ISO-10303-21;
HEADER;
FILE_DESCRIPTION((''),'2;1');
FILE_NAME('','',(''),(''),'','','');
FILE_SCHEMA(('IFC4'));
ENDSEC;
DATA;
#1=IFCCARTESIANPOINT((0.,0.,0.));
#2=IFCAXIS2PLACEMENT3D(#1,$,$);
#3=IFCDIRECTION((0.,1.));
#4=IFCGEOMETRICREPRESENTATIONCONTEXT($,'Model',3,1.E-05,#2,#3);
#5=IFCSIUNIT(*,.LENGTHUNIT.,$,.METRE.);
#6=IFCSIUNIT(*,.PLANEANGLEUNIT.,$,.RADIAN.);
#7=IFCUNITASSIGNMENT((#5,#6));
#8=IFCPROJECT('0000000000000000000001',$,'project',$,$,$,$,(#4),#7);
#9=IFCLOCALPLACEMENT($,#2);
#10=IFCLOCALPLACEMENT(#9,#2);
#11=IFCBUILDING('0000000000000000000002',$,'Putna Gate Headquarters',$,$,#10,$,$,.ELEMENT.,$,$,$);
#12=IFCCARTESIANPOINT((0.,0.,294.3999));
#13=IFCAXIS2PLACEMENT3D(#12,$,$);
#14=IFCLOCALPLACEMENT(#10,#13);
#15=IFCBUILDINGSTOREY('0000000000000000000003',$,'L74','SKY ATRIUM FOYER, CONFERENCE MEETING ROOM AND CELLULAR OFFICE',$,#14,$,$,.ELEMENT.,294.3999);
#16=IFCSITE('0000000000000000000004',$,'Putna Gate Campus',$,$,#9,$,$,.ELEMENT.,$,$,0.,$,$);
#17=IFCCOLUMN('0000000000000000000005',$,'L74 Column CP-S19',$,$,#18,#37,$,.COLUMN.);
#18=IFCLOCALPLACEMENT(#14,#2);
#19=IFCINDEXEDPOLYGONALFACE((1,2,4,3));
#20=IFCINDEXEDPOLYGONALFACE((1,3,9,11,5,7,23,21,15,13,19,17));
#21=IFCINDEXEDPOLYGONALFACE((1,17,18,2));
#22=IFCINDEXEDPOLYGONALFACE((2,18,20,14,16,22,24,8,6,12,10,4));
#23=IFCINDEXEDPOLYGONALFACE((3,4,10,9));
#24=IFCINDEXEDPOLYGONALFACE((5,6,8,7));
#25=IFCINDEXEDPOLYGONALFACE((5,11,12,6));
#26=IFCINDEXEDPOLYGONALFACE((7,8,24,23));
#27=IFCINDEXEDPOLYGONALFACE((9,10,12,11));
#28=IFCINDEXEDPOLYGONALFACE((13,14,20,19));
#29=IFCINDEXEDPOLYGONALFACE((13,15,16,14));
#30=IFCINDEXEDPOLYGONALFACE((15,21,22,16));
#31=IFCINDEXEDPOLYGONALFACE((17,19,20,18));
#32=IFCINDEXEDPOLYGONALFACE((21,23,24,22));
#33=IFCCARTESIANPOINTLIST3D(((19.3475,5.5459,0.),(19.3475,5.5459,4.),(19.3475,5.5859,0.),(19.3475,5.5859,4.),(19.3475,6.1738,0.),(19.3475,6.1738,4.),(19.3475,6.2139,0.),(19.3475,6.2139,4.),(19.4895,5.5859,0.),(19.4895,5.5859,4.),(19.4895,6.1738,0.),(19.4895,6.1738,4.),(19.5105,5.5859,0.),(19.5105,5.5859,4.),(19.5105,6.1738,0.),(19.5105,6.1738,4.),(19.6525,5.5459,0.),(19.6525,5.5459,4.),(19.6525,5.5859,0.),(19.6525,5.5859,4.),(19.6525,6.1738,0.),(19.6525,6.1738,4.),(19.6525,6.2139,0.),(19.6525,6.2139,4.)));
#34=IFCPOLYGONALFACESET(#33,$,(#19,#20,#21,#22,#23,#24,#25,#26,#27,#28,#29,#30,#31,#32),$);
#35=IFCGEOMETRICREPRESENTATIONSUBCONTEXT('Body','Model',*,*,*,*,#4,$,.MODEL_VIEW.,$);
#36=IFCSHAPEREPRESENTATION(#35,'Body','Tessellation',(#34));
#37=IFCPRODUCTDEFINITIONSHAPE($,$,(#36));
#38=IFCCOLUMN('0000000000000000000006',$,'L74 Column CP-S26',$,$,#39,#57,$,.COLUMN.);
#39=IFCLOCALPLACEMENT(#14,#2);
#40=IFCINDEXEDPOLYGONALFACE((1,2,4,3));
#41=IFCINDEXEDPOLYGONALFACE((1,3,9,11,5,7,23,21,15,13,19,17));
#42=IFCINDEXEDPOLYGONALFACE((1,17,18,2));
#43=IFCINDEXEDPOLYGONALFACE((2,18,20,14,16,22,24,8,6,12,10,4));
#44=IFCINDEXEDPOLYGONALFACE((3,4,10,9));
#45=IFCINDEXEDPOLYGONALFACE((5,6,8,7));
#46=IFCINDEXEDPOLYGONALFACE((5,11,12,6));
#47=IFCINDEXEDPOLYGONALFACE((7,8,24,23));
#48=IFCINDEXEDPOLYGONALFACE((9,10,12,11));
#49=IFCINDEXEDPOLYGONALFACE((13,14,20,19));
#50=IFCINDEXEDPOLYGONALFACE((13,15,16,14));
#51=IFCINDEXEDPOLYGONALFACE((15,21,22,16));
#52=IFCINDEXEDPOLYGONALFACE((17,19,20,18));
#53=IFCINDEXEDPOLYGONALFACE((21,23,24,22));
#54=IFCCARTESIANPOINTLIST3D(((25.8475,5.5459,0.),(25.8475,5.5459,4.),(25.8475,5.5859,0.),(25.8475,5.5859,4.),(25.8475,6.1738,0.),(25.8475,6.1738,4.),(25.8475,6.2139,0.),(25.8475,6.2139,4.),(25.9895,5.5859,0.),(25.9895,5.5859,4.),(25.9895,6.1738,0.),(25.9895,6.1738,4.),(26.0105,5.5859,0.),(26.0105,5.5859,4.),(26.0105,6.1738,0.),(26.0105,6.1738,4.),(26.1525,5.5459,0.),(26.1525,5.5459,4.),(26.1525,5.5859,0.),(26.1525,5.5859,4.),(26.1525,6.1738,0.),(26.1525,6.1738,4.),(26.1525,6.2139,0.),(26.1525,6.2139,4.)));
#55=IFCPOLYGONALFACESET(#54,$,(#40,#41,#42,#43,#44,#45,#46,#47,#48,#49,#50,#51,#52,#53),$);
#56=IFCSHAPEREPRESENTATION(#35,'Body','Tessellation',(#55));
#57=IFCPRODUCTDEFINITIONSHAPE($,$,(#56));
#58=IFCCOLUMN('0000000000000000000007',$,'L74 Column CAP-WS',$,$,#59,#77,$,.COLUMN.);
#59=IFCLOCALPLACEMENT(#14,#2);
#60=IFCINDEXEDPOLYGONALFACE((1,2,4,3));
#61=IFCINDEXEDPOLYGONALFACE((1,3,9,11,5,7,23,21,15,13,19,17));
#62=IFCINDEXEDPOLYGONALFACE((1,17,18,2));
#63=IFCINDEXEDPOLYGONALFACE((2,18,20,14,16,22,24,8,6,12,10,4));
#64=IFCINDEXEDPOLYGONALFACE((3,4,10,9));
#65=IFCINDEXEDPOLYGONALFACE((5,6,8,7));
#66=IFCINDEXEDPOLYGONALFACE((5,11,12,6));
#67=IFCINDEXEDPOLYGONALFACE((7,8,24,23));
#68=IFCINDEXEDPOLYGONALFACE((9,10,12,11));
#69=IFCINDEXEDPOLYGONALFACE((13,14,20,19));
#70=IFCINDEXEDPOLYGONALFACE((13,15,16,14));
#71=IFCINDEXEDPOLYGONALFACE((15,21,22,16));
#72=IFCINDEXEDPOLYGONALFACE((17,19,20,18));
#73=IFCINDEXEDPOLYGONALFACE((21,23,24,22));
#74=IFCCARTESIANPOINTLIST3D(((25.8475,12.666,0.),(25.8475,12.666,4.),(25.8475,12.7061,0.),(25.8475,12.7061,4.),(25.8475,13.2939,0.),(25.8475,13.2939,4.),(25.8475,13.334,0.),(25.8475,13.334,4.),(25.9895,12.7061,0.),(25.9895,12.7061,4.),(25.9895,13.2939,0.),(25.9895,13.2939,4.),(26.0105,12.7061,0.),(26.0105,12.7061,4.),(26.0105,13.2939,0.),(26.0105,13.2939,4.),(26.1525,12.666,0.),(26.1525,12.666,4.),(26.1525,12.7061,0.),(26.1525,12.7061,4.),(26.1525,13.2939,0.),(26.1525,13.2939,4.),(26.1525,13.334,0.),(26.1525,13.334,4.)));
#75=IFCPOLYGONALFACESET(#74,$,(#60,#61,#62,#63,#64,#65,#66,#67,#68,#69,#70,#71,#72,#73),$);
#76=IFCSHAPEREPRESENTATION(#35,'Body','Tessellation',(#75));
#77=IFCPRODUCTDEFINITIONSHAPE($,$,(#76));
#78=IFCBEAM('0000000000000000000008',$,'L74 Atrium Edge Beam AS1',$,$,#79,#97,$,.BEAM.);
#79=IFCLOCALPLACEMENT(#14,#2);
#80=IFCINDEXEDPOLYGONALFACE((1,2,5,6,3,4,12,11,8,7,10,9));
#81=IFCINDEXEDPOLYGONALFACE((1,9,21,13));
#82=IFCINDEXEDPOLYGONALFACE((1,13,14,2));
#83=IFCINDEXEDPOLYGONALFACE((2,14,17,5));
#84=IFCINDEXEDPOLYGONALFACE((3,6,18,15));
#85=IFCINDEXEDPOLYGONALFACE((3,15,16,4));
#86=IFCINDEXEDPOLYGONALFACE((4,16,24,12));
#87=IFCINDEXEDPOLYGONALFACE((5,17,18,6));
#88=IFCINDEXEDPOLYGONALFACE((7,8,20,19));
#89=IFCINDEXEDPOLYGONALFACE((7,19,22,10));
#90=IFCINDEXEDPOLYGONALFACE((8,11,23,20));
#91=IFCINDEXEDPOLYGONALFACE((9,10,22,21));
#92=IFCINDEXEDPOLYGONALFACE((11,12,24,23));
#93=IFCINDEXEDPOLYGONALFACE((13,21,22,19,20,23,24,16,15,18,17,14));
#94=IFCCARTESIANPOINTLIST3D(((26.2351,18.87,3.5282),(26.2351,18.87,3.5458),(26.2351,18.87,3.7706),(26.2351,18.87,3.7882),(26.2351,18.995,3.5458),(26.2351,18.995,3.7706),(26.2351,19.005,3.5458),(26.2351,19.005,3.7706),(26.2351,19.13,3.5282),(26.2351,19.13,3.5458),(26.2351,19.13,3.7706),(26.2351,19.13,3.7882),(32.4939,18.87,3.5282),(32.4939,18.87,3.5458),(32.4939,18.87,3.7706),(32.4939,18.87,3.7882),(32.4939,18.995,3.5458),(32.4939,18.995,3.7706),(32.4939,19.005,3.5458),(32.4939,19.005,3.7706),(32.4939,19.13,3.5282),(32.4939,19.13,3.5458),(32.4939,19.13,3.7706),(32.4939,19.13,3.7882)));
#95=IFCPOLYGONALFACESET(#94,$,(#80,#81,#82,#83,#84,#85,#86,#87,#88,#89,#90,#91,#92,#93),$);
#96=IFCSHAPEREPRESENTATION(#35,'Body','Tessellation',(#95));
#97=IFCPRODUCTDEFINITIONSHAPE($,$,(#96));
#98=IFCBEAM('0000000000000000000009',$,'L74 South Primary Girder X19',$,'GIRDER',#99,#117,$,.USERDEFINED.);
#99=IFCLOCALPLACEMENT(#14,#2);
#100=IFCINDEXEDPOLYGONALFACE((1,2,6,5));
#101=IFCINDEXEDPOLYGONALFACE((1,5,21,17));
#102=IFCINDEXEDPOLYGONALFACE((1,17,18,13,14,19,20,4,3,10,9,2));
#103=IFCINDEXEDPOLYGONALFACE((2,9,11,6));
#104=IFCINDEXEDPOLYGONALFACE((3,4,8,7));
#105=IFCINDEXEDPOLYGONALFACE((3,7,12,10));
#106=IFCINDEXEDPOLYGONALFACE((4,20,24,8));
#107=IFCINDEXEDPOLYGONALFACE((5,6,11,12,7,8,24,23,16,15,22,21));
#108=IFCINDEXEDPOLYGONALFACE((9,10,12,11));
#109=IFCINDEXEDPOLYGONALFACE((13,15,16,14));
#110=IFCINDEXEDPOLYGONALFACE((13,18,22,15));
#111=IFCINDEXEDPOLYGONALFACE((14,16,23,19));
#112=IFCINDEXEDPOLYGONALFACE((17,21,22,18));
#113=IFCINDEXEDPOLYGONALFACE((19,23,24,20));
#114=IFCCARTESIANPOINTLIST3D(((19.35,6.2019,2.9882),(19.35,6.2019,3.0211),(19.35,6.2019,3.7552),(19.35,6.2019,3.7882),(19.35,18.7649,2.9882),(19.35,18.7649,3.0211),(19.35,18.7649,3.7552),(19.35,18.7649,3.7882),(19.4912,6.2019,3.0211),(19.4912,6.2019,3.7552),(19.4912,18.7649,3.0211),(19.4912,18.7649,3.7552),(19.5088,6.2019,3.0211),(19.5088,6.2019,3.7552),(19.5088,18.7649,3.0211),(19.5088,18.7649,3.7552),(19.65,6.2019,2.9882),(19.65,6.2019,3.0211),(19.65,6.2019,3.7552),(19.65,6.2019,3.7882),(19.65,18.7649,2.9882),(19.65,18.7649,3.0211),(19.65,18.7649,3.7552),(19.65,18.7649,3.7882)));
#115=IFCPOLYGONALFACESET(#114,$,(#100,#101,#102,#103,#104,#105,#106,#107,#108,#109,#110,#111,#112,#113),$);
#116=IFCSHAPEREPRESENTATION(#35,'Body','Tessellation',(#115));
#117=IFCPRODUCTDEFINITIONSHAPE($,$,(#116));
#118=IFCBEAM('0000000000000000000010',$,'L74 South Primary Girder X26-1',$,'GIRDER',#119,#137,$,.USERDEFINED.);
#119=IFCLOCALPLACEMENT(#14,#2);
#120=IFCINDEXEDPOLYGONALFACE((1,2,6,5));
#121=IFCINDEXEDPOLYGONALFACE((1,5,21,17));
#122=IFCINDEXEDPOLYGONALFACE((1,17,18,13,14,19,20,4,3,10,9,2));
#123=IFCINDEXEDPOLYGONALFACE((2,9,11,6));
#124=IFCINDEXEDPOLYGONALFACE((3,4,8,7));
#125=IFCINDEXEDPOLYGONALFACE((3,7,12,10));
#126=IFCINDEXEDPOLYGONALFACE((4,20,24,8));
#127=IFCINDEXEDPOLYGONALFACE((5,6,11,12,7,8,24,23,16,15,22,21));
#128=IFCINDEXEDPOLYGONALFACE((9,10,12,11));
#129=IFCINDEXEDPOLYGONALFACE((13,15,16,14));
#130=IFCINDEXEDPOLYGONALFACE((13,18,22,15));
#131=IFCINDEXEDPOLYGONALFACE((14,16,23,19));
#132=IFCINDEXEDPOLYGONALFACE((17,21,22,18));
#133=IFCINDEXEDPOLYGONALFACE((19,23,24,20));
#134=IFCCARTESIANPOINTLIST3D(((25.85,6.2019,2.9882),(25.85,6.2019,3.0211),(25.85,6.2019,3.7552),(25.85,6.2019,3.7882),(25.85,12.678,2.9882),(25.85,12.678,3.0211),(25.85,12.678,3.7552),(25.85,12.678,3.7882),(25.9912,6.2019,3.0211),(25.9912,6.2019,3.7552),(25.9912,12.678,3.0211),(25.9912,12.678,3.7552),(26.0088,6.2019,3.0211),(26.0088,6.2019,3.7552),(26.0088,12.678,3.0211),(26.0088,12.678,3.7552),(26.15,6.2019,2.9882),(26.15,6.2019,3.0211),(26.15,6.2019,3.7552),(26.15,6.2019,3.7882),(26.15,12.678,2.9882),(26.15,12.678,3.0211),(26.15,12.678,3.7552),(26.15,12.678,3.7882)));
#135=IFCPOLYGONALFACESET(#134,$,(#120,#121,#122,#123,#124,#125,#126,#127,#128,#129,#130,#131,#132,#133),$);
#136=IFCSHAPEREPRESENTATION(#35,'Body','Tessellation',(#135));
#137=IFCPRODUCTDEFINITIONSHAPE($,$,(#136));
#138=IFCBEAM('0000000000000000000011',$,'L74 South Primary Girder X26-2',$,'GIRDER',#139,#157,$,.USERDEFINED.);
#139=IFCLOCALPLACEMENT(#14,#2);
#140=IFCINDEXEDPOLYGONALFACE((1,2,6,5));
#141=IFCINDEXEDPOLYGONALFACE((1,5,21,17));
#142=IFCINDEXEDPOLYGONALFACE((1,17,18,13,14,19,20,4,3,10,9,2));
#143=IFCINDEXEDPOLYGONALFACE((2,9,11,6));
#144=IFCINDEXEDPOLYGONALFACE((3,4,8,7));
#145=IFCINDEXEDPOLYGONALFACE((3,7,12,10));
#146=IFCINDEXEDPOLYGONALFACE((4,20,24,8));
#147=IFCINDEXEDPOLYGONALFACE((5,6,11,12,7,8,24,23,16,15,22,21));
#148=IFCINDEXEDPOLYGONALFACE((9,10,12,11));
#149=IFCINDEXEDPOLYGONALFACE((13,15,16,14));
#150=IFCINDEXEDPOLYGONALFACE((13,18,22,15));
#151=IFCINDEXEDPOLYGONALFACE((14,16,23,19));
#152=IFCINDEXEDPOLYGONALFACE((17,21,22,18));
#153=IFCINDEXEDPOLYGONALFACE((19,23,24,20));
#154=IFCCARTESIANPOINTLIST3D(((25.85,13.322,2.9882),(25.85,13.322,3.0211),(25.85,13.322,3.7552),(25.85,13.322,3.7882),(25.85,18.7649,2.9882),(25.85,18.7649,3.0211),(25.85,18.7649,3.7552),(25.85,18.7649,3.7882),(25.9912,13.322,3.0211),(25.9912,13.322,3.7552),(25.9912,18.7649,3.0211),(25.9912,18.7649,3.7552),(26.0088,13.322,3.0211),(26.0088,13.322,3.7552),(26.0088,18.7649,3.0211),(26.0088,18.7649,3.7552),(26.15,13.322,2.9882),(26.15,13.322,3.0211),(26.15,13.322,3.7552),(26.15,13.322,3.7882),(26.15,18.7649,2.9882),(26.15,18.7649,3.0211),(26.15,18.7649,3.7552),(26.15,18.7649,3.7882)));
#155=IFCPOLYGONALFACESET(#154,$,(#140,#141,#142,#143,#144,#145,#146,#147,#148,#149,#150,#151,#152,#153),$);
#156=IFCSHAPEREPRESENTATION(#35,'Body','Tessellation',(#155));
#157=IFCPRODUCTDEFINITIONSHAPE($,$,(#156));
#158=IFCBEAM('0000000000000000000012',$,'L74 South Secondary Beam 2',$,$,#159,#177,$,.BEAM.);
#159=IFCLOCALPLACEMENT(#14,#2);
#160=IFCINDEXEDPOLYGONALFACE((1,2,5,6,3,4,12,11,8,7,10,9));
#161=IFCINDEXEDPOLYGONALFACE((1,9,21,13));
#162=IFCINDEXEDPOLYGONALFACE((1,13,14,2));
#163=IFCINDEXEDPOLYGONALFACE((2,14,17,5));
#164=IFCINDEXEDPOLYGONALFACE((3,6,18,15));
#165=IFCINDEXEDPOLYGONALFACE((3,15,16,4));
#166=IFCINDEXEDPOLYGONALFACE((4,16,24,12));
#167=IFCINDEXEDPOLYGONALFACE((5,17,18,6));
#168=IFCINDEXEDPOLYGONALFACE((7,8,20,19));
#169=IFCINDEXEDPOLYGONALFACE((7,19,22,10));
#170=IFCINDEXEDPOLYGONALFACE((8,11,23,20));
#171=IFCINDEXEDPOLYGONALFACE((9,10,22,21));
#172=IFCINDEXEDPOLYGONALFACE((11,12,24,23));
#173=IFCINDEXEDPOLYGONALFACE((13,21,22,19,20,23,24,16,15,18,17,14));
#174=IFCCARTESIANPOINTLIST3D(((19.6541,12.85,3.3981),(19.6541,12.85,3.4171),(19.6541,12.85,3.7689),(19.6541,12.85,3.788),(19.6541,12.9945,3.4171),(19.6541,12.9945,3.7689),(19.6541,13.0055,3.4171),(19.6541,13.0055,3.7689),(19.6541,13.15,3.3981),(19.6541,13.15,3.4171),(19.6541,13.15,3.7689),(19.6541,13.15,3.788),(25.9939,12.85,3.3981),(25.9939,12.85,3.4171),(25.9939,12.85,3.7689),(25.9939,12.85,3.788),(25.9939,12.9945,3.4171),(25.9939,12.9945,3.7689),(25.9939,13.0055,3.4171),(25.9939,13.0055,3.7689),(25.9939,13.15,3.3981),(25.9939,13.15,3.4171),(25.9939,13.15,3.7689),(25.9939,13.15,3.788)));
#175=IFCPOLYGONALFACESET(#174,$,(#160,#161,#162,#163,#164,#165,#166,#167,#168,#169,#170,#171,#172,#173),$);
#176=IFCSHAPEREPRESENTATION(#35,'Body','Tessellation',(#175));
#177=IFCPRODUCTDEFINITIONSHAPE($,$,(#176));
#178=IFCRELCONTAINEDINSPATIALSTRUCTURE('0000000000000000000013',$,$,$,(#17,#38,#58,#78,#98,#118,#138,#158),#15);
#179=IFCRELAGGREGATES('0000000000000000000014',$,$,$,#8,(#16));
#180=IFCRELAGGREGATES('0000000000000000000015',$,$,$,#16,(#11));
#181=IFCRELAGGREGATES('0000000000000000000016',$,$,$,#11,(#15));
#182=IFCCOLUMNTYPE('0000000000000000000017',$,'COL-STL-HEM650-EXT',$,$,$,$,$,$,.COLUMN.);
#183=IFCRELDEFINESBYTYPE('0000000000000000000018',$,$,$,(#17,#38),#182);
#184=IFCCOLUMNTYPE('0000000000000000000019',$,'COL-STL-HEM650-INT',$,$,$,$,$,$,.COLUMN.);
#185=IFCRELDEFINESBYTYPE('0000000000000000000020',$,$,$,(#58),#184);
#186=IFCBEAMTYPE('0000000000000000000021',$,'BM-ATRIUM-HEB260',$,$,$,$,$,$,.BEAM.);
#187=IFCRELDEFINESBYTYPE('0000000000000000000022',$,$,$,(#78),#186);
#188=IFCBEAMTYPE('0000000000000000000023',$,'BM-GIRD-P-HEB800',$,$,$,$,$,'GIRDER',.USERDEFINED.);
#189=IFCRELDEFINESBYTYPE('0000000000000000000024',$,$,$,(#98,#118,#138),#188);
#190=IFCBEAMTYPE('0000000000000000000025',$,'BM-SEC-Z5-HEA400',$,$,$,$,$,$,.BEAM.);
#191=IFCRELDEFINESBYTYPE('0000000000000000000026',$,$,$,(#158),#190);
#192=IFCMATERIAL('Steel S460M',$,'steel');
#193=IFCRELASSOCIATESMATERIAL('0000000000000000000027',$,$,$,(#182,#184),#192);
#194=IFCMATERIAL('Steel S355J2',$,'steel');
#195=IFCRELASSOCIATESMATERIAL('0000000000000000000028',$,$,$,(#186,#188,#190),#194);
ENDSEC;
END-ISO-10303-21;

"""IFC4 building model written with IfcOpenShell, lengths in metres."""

from ifc_helpers import new_model, si_unit, direction, frame, origin, origin_2d, place, context, subcontext, project, spatial, i_section, extrude, material, material_profile, profile_set, type_object, element, save


model = new_model("IFC4")

# Units and contexts
model_context = context("Model", 3, precision=1e-05, world=origin(), true_north=direction((0.0, 1.0)))
body_context = subcontext(model_context, "Body", "Model", "MODEL_VIEW")
ifc_project = project(units=[si_unit("LENGTHUNIT", "METRE"), si_unit("PLANEANGLEUNIT", "RADIAN")], contexts=[model_context])

# Site, building, storey
site_placement = place(None, origin())
site = spatial("IfcSite", under=ifc_project, at=site_placement, Name="Putna Gate Campus", CompositionType="ELEMENT", RefElevation=0.0)
building_placement = place(site_placement, origin())
building = spatial("IfcBuilding", under=site, at=building_placement, Name="Putna Gate Headquarters", CompositionType="ELEMENT")
storey_placement = place(building_placement, frame((0.0, 0.0, 294.3999)))
storey = spatial("IfcBuildingStorey", under=building, at=storey_placement, Name="L74", Description="SKY ATRIUM FOYER, CONFERENCE MEETING ROOM AND CELLULAR OFFICE", CompositionType="ELEMENT", Elevation=294.3999)

# Columns
ifc_material_1 = material(Name="Steel S460M", Category="steel")
ifc_material_profile_1 = material_profile(ifc_material_1, i_section(OverallWidth=0.3049, OverallDepth=0.668, WebThickness=0.021, FlangeThickness=0.04, at=origin_2d()), Name="Steel S460M")
ifc_profile_set_1 = profile_set([ifc_material_profile_1], Name="Steel S460M")
column_type_1 = type_object("IfcColumnType", Name="COL-STL-HEM650-EXT", PredefinedType="COLUMN", material=ifc_profile_set_1)
for number, where, z_axis, x_axis, name in (
    (1, (19.5, 5.8799, 0.0), (0.0, 0.0, 1.0), (1.0, 0.0, 0.0), "L74 Column CP-S19"),
    (2, (26.0, 5.8799, 0.0), (0.0, 0.0, 1.0), (1.0, 0.0, 0.0), "L74 Column CP-S26"),
):
    element("IfcColumn", number, at=place(storey_placement, frame(where, z_axis=z_axis, x_axis=x_axis)), inside=storey, type_object=column_type_1, Name=name, PredefinedType="COLUMN", context=body_context, shape_type="SweptSolid", body=[
        extrude(i_section(OverallWidth=0.3049, OverallDepth=0.668, WebThickness=0.021, FlangeThickness=0.04, at=origin_2d()), origin(), (0.0, 0.0, 1.0), 4.0),
    ])
ifc_material_profile_2 = material_profile(ifc_material_1, i_section(OverallWidth=0.3049, OverallDepth=0.668, WebThickness=0.021, FlangeThickness=0.04, at=origin_2d()), Name="Steel S460M")
ifc_profile_set_2 = profile_set([ifc_material_profile_2], Name="Steel S460M")
column_type_2 = type_object("IfcColumnType", Name="COL-STL-HEM650-INT", PredefinedType="COLUMN", material=ifc_profile_set_2)
column_placement = place(storey_placement, frame((26.0, 13.0, 0.0), z_axis=(0.0, 0.0, 1.0), x_axis=(1.0, 0.0, 0.0)))
element("IfcColumn", 3, at=column_placement, inside=storey, type_object=column_type_2, Name="L74 Column CAP-WS", PredefinedType="COLUMN", context=body_context, shape_type="SweptSolid", body=[
    extrude(i_section(OverallWidth=0.3049, OverallDepth=0.668, WebThickness=0.021, FlangeThickness=0.04, at=origin_2d()), origin(), (0.0, 0.0, 1.0), 4.0),
])

# Beams
ifc_material_2 = material(Name="Steel S355J2", Category="steel")
ifc_material_profile_3 = material_profile(ifc_material_2, i_section(OverallWidth=0.26, OverallDepth=0.26, WebThickness=0.01, FlangeThickness=0.0176, at=origin_2d()), Name="Steel S355J2")
ifc_profile_set_3 = profile_set([ifc_material_profile_3], Name="Steel S355J2")
beam_type_1 = type_object("IfcBeamType", Name="BM-ATRIUM-HEB260", PredefinedType="BEAM", material=ifc_profile_set_3)
beam_1_placement = place(storey_placement, frame((26.2351, 19.0, 3.6582), z_axis=(1.0, 0.0, 0.0), x_axis=(0.0, 1.0, 0.0)))
element("IfcBeam", 4, at=beam_1_placement, inside=storey, type_object=beam_type_1, Name="L74 Atrium Edge Beam AS1", PredefinedType="BEAM", context=body_context, shape_type="SweptSolid", body=[
    extrude(i_section(OverallWidth=0.26, OverallDepth=0.26, WebThickness=0.01, FlangeThickness=0.0176, at=origin_2d()), origin(), (0.0, 0.0, 1.0), 6.2588),
])
ifc_material_profile_4 = material_profile(ifc_material_2, i_section(OverallWidth=0.3, OverallDepth=0.8, WebThickness=0.0176, FlangeThickness=0.033, at=origin_2d()), Name="Steel S355J2")
ifc_profile_set_4 = profile_set([ifc_material_profile_4], Name="Steel S355J2")
beam_type_2 = type_object("IfcBeamType", Name="BM-GIRD-P-HEB800", ElementType="GIRDER", PredefinedType="USERDEFINED", material=ifc_profile_set_4)
beam_2_placement = place(storey_placement, frame((19.5, 6.2019, 3.3882), z_axis=(0.0, 1.0, 0.0), x_axis=(-1.0, 0.0, 0.0)))
element("IfcBeam", 5, at=beam_2_placement, inside=storey, type_object=beam_type_2, Name="L74 South Primary Girder X19", ObjectType="GIRDER", PredefinedType="USERDEFINED", context=body_context, shape_type="SweptSolid", body=[
    extrude(i_section(OverallWidth=0.3, OverallDepth=0.8, WebThickness=0.0176, FlangeThickness=0.033, at=origin_2d()), origin(), (0.0, 0.0, 1.0), 12.563),
])
beam_3_placement = place(storey_placement, frame((26.0, 6.2019, 3.3882), z_axis=(0.0, 1.0, 0.0), x_axis=(-1.0, 0.0, 0.0)))
element("IfcBeam", 6, at=beam_3_placement, inside=storey, type_object=beam_type_2, Name="L74 South Primary Girder X26-1", ObjectType="GIRDER", PredefinedType="USERDEFINED", context=body_context, shape_type="SweptSolid", body=[
    extrude(i_section(OverallWidth=0.3, OverallDepth=0.8, WebThickness=0.0176, FlangeThickness=0.033, at=origin_2d()), origin(), (0.0, 0.0, 1.0), 6.4761),
])
beam_4_placement = place(storey_placement, frame((26.0, 13.322, 3.3882), z_axis=(0.0, 1.0, 0.0), x_axis=(-1.0, 0.0, 0.0)))
element("IfcBeam", 7, at=beam_4_placement, inside=storey, type_object=beam_type_2, Name="L74 South Primary Girder X26-2", ObjectType="GIRDER", PredefinedType="USERDEFINED", context=body_context, shape_type="SweptSolid", body=[
    extrude(i_section(OverallWidth=0.3, OverallDepth=0.8, WebThickness=0.0176, FlangeThickness=0.033, at=origin_2d()), origin(), (0.0, 0.0, 1.0), 5.4429),
])
ifc_material_profile_5 = material_profile(ifc_material_2, i_section(OverallWidth=0.3, OverallDepth=0.3899, WebThickness=0.011, FlangeThickness=0.019, at=origin_2d()), Name="Steel S355J2")
ifc_profile_set_5 = profile_set([ifc_material_profile_5], Name="Steel S355J2")
beam_type_3 = type_object("IfcBeamType", Name="BM-SEC-Z5-HEA400", PredefinedType="BEAM", material=ifc_profile_set_5)
for number, where, z_axis, x_axis, name in (
    (8, (19.6541, 13.0, 3.593), (1.0, 0.0, 0.0), (0.0, 1.0, 0.0), "L74 South Secondary Beam 2"),
):
    element("IfcBeam", number, at=place(storey_placement, frame(where, z_axis=z_axis, x_axis=x_axis)), inside=storey, type_object=beam_type_3, Name=name, PredefinedType="BEAM", context=body_context, shape_type="SweptSolid", body=[
        extrude(i_section(OverallWidth=0.3, OverallDepth=0.3899, WebThickness=0.011, FlangeThickness=0.019, at=origin_2d()), origin(), (0.0, 0.0, 1.0), 6.3398),
    ])

save(model, "model.ifc")
